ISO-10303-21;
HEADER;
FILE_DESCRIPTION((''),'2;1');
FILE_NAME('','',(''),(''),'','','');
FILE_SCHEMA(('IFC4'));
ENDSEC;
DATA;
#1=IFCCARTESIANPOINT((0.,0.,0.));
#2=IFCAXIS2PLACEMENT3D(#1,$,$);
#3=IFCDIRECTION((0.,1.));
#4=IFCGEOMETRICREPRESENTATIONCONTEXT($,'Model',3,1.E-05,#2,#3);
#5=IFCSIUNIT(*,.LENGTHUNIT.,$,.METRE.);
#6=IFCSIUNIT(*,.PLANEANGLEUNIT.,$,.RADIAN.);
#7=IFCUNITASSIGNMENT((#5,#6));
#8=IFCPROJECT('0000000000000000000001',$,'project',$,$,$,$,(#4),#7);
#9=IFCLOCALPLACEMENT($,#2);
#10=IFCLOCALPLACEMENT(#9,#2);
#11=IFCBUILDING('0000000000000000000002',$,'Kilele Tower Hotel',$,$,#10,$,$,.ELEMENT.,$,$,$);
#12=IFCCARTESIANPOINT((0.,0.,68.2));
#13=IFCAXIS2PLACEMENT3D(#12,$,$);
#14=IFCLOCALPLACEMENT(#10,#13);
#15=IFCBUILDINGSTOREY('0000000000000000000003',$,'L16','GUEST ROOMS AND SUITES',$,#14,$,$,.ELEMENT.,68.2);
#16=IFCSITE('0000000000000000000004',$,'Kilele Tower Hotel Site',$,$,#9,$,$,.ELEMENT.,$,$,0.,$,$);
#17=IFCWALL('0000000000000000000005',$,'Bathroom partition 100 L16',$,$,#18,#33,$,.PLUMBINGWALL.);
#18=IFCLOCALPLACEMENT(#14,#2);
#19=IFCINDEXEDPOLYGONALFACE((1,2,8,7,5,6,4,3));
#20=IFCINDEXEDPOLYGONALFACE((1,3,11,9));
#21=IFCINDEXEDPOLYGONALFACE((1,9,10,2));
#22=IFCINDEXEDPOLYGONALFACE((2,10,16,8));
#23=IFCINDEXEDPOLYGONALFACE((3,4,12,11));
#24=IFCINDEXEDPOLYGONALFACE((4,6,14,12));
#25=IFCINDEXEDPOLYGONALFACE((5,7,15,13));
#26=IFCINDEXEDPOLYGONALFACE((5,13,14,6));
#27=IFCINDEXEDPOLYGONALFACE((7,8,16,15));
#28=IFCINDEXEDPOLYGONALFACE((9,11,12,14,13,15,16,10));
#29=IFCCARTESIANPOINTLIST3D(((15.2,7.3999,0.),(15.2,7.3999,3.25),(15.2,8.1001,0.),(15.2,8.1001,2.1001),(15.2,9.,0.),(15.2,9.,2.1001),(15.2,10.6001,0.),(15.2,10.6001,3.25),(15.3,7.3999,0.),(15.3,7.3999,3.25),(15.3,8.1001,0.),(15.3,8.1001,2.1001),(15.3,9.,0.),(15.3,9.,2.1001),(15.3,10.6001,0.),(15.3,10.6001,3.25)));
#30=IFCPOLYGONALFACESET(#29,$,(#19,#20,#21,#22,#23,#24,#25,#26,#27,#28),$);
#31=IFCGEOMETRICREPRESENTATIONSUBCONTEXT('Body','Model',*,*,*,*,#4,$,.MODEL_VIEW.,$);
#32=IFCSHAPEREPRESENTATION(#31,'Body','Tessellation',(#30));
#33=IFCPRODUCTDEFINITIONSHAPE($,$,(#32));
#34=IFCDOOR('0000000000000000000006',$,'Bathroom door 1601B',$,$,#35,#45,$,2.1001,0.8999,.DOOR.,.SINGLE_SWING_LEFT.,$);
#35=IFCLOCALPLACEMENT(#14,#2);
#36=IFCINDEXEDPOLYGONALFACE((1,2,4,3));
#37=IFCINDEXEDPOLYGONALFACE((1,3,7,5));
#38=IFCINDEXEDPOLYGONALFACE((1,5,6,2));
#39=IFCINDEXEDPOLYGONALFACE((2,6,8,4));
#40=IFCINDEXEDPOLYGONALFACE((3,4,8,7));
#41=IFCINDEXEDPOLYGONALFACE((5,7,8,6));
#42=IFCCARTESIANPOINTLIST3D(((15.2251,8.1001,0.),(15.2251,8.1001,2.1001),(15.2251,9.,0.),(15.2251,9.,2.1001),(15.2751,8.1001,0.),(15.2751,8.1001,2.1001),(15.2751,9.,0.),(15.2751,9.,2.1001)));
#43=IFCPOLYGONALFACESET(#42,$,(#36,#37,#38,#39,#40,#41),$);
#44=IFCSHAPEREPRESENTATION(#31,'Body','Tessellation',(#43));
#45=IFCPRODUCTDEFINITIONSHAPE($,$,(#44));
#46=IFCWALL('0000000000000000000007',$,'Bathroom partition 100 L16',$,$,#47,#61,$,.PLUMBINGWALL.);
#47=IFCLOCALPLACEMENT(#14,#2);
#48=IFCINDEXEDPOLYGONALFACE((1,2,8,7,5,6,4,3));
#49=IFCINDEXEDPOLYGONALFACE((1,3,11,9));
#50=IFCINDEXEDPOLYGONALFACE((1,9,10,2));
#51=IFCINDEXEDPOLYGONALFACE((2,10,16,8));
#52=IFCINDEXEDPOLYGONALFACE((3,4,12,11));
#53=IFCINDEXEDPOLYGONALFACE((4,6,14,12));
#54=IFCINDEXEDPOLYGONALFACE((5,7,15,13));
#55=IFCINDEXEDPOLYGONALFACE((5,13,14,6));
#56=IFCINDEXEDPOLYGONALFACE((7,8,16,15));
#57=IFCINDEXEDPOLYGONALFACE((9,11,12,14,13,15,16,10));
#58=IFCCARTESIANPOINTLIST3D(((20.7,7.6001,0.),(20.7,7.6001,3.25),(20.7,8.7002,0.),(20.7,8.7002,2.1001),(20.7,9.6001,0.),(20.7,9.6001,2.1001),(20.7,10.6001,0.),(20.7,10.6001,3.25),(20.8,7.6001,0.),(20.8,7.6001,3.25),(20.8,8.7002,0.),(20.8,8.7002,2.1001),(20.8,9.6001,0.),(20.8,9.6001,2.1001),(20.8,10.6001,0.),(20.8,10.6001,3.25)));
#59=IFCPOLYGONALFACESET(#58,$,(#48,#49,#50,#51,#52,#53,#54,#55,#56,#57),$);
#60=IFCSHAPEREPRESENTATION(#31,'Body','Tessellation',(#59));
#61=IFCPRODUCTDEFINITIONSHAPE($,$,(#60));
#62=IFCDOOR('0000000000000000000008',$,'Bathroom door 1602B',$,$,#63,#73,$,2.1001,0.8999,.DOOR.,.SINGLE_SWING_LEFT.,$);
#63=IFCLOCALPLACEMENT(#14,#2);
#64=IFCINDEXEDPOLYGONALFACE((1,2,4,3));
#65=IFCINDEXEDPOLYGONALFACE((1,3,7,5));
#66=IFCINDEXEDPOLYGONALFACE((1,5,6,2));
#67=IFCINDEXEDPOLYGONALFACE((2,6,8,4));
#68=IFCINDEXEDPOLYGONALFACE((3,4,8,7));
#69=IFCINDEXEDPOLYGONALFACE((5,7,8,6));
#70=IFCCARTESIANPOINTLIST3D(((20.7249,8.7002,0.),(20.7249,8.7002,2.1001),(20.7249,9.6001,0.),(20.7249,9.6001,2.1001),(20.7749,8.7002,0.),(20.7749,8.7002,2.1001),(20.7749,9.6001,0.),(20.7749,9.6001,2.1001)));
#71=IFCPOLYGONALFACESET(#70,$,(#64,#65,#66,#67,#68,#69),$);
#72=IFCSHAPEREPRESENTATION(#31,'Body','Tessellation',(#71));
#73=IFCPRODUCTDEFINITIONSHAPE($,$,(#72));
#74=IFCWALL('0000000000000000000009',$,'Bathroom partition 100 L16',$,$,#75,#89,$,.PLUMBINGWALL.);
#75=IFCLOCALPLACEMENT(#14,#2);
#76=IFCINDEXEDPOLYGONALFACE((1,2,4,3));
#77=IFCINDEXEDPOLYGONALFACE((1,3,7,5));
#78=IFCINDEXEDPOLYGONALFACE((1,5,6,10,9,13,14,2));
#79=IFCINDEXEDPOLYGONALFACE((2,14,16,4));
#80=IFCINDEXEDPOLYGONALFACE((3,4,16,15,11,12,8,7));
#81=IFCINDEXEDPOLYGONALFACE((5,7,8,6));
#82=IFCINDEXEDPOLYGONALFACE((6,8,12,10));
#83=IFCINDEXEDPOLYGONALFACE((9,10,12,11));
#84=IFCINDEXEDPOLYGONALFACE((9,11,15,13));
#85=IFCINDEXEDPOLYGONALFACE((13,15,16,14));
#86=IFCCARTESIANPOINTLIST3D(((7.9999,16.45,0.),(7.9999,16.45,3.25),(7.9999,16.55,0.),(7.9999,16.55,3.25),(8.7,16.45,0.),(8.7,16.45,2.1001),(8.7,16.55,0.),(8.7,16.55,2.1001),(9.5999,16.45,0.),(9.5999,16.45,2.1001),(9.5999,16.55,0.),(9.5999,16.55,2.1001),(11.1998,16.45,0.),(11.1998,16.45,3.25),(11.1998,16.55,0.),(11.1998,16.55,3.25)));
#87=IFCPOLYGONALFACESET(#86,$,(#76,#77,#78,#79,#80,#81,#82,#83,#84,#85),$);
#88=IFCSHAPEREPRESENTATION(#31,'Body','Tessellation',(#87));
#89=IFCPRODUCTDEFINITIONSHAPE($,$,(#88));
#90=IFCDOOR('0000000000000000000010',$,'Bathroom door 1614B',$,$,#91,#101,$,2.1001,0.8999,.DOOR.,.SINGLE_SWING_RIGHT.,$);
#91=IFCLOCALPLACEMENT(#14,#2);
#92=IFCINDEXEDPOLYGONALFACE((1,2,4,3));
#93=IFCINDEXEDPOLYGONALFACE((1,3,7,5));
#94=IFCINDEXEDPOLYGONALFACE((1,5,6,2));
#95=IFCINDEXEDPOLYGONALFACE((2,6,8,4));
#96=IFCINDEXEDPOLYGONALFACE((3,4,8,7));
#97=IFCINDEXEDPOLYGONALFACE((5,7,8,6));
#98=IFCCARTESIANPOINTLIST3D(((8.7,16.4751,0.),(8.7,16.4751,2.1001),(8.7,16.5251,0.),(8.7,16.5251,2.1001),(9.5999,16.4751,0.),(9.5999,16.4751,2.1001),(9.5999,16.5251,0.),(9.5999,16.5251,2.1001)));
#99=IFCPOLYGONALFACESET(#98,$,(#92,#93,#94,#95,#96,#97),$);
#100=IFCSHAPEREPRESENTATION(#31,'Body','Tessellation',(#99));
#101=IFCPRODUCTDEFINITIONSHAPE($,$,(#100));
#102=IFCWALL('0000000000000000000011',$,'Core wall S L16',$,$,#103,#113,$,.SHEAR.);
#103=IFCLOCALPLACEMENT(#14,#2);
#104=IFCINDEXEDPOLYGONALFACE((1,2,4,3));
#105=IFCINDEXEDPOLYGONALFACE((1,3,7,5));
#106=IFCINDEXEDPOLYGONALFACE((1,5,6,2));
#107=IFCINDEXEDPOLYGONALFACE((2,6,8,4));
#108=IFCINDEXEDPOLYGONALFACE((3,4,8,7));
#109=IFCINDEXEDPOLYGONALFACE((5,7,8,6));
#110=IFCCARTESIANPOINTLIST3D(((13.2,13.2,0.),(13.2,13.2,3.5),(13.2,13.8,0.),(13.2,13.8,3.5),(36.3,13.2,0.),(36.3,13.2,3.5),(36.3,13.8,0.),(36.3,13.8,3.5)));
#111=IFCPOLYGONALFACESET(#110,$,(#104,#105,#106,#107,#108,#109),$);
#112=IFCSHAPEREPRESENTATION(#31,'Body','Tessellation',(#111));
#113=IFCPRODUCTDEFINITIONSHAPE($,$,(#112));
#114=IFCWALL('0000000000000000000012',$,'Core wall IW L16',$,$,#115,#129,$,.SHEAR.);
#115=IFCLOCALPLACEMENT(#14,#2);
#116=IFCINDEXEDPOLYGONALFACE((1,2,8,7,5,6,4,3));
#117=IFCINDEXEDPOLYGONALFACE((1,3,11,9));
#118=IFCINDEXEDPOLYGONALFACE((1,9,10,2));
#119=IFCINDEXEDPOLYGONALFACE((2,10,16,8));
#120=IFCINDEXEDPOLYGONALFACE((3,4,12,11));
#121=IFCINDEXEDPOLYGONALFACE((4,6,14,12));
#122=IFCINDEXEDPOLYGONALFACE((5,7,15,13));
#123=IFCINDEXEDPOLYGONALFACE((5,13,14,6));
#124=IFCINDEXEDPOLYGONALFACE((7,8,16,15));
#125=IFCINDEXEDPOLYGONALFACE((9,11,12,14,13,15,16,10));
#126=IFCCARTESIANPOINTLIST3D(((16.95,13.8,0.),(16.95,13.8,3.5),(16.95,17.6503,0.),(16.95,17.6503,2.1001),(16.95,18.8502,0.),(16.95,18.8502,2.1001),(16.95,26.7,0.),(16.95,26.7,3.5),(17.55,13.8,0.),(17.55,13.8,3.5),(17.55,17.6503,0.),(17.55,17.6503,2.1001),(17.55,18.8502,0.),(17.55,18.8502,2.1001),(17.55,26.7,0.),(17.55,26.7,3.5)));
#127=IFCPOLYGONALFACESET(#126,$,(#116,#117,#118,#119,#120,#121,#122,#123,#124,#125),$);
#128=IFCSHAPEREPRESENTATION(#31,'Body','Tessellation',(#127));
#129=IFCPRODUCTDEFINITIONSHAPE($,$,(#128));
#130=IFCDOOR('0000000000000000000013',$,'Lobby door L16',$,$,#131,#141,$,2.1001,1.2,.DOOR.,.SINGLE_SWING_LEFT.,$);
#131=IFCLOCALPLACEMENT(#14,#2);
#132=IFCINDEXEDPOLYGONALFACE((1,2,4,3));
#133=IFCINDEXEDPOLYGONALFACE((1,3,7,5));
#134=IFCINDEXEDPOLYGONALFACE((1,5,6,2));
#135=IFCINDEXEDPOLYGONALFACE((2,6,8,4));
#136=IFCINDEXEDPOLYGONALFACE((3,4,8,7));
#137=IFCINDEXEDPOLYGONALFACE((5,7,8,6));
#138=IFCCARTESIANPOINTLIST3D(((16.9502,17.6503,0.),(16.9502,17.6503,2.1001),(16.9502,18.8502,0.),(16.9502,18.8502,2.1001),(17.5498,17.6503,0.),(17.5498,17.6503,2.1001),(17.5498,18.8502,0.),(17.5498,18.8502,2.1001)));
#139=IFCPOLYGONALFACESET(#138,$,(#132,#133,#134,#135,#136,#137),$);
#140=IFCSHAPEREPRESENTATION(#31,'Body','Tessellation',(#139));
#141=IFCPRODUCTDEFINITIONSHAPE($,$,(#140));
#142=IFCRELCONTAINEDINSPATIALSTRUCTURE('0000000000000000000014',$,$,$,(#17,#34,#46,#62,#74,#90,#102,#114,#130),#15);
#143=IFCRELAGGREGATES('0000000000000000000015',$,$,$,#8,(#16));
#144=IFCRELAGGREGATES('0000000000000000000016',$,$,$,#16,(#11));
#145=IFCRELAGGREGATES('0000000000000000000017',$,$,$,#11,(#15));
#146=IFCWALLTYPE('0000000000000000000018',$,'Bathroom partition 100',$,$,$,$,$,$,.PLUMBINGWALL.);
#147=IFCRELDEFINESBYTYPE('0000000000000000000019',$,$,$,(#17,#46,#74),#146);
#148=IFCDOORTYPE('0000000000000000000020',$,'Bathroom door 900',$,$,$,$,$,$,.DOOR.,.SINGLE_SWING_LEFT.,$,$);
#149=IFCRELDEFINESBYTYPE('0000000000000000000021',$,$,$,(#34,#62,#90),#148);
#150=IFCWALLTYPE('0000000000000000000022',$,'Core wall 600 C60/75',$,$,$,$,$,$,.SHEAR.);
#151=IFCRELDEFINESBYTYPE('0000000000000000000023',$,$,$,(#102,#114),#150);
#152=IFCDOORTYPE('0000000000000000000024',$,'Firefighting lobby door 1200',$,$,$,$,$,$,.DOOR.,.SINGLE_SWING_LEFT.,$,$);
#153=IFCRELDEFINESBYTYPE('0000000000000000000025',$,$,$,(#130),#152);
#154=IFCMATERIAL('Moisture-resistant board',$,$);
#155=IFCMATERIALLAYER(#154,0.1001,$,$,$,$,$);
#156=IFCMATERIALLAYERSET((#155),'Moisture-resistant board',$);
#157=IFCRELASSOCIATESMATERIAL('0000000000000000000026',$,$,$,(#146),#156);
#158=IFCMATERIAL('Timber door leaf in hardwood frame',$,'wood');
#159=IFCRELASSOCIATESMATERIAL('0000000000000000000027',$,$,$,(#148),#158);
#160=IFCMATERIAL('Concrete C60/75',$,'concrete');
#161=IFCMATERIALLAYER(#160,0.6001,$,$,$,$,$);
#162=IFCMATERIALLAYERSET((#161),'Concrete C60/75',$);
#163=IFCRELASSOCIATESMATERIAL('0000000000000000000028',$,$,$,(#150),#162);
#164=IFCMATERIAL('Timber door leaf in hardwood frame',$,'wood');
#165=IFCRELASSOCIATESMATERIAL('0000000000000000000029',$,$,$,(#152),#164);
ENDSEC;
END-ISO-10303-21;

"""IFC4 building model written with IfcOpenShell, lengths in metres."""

from ifc_helpers import new_model, si_unit, direction, frame, frame_2d, origin, place, context, subcontext, project, spatial, rectangle, extrude, material, layer, layer_set, type_object, element, fill, save


model = new_model("IFC4")

# Units and contexts
model_context = context("Model", 3, precision=1e-05, world=origin(), true_north=direction((0.0, 1.0)))
body_context = subcontext(model_context, "Body", "Model", "MODEL_VIEW")
ifc_project = project(units=[si_unit("LENGTHUNIT", "METRE"), si_unit("PLANEANGLEUNIT", "RADIAN")], contexts=[model_context])

# Site, building, storey
site_placement = place(None, origin())
site = spatial("IfcSite", under=ifc_project, at=site_placement, Name="Kilele Tower Hotel Site", CompositionType="ELEMENT", RefElevation=0.0)
building_placement = place(site_placement, origin())
building = spatial("IfcBuilding", under=site, at=building_placement, Name="Kilele Tower Hotel", CompositionType="ELEMENT")
storey_placement = place(building_placement, frame((0.0, 0.0, 68.2)))
storey = spatial("IfcBuildingStorey", under=building, at=storey_placement, Name="L16", Description="GUEST ROOMS AND SUITES", CompositionType="ELEMENT", Elevation=68.2)

# Walls, openings, doors
ifc_material_1 = material(Name="Moisture-resistant board")
ifc_layer_1 = layer(ifc_material_1, 0.1001)
ifc_layer_set_1 = layer_set([ifc_layer_1], Name="Moisture-resistant board")
wall_type_1 = type_object("IfcWallType", Name="Bathroom partition 100", PredefinedType="PLUMBINGWALL", material=ifc_layer_set_1)
wall_1_placement = place(storey_placement, frame((15.25, 10.6001, 0.0), z_axis=(0.0, 0.0, 1.0), x_axis=(0.0, -1.0, 0.0)))
wall_1 = element("IfcWall", 1, at=wall_1_placement, inside=storey, type_object=wall_type_1, Name="Bathroom partition 100 L16", PredefinedType="PLUMBINGWALL", context=body_context, shape_type="SweptSolid", body=[
    extrude(rectangle(XDim=3.2002, YDim=0.1001, at=frame_2d((1.6001, 0.0))), origin(), (0.0, 0.0, 1.0), 3.25),
])
opening_1_placement = place(wall_1_placement, frame((2.5, 0.0, 0.0), z_axis=(0.0, 0.0, 1.0), x_axis=(-1.0, 0.0, 0.0)))
opening_1 = element("IfcOpeningElement", 2, at=opening_1_placement, cuts=wall_1, PredefinedType="OPENING", context=body_context, shape_type="SweptSolid", body=[
    extrude(rectangle(XDim=0.8999, YDim=2.1001, at=frame_2d((0.45, 1.05))), frame((0.0, 0.0601, 0.0), z_axis=(0.0, -1.0, 0.0), x_axis=(1.0, 0.0, 0.0)), (0.0, 0.0, 1.0), 0.1201),
])
ifc_material_2 = material(Name="Timber door leaf in hardwood frame", Category="wood")
door_type_1 = type_object("IfcDoorType", Name="Bathroom door 900", OperationType="SINGLE_SWING_LEFT", PredefinedType="DOOR", material=ifc_material_2)
door_1_placement = place(opening_1_placement, origin())
door_1 = element("IfcDoor", 3, at=door_1_placement, inside=storey, type_object=door_type_1, Name="Bathroom door 1601B", OperationType="SINGLE_SWING_LEFT", OverallHeight=2.1001, OverallWidth=0.8999, PredefinedType="DOOR", context=body_context, shape_type="SweptSolid", body=[
    extrude(rectangle(XDim=0.8999, YDim=2.1001, at=frame_2d((0.45, 1.05))), frame((0.0, 0.0249, 0.0), z_axis=(0.0, -1.0, 0.0), x_axis=(1.0, 0.0, 0.0)), (0.0, 0.0, 1.0), 0.05),
])
fill(opening_1, door_1)
wall_2_placement = place(storey_placement, frame((20.75, 10.6001, 0.0), z_axis=(0.0, 0.0, 1.0), x_axis=(0.0, -1.0, 0.0)))
wall_2 = element("IfcWall", 4, at=wall_2_placement, inside=storey, type_object=wall_type_1, Name="Bathroom partition 100 L16", PredefinedType="PLUMBINGWALL", context=body_context, shape_type="SweptSolid", body=[
    extrude(rectangle(XDim=3.0, YDim=0.1001, at=frame_2d((1.5, 0.0))), origin(), (0.0, 0.0, 1.0), 3.25),
])
opening_2_placement = place(wall_2_placement, frame((1.0, 0.0, 0.0)))
opening_2 = element("IfcOpeningElement", 5, at=opening_2_placement, cuts=wall_2, PredefinedType="OPENING", context=body_context, shape_type="SweptSolid", body=[
    extrude(rectangle(XDim=0.8999, YDim=2.1001, at=frame_2d((0.45, 1.05))), frame((0.0, 0.0601, 0.0), z_axis=(0.0, -1.0, 0.0), x_axis=(1.0, 0.0, 0.0)), (0.0, 0.0, 1.0), 0.1201),
])
door_2_placement = place(opening_2_placement, origin())
door_2 = element("IfcDoor", 6, at=door_2_placement, inside=storey, type_object=door_type_1, Name="Bathroom door 1602B", OperationType="SINGLE_SWING_LEFT", OverallHeight=2.1001, OverallWidth=0.8999, PredefinedType="DOOR", context=body_context, shape_type="SweptSolid", body=[
    extrude(rectangle(XDim=0.8999, YDim=2.1001, at=frame_2d((0.45, 1.05))), frame((0.0, 0.0249, 0.0), z_axis=(0.0, -1.0, 0.0), x_axis=(1.0, 0.0, 0.0)), (0.0, 0.0, 1.0), 0.05),
])
fill(opening_2, door_2)
wall_3_placement = place(storey_placement, frame((11.2, 16.5, 0.0), z_axis=(0.0, 0.0, 1.0), x_axis=(-1.0, 0.0, 0.0)))
wall_3 = element("IfcWall", 7, at=wall_3_placement, inside=storey, type_object=wall_type_1, Name="Bathroom partition 100 L16", PredefinedType="PLUMBINGWALL", context=body_context, shape_type="SweptSolid", body=[
    extrude(rectangle(XDim=3.2, YDim=0.1001, at=frame_2d((1.6001, 0.0))), origin(), (0.0, 0.0, 1.0), 3.25),
])
opening_3_placement = place(wall_3_placement, frame((1.6001, 0.0, 0.0)))
opening_3 = element("IfcOpeningElement", 8, at=opening_3_placement, cuts=wall_3, PredefinedType="OPENING", context=body_context, shape_type="SweptSolid", body=[
    extrude(rectangle(XDim=0.8999, YDim=2.1001, at=frame_2d((0.45, 1.05))), frame((0.0, 0.0601, 0.0), z_axis=(0.0, -1.0, 0.0), x_axis=(1.0, 0.0, 0.0)), (0.0, 0.0, 1.0), 0.1201),
])
door_3_placement = place(opening_3_placement, origin())
door_3 = element("IfcDoor", 9, at=door_3_placement, inside=storey, type_object=door_type_1, Name="Bathroom door 1614B", OperationType="SINGLE_SWING_RIGHT", OverallHeight=2.1001, OverallWidth=0.8999, PredefinedType="DOOR", context=body_context, shape_type="SweptSolid", body=[
    extrude(rectangle(XDim=0.8999, YDim=2.1001, at=frame_2d((0.45, 1.05))), frame((0.0, 0.0249, 0.0), z_axis=(0.0, -1.0, 0.0), x_axis=(1.0, 0.0, 0.0)), (0.0, 0.0, 1.0), 0.05),
])
fill(opening_3, door_3)

# Wall
ifc_material_3 = material(Name="Concrete C60/75", Category="concrete")
ifc_layer_2 = layer(ifc_material_3, 0.6001)
ifc_layer_set_2 = layer_set([ifc_layer_2], Name="Concrete C60/75")
wall_type_2 = type_object("IfcWallType", Name="Core wall 600 C60/75", PredefinedType="SHEAR", material=ifc_layer_set_2)
wall_4_placement = place(storey_placement, frame((13.2, 13.5, 0.0), z_axis=(0.0, 0.0, 1.0), x_axis=(1.0, 0.0, 0.0)))
element("IfcWall", 10, at=wall_4_placement, inside=storey, type_object=wall_type_2, Name="Core wall S L16", PredefinedType="SHEAR", context=body_context, shape_type="SweptSolid", body=[
    extrude(rectangle(XDim=23.1001, YDim=0.6001, at=frame_2d((11.55, 0.0))), origin(), (0.0, 0.0, 1.0), 3.5),
])

# Wall, opening, door
wall_5_placement = place(storey_placement, frame((17.25, 13.8, 0.0), z_axis=(0.0, 0.0, 1.0), x_axis=(0.0, 1.0, 0.0)))
wall_5 = element("IfcWall", 11, at=wall_5_placement, inside=storey, type_object=wall_type_2, Name="Core wall IW L16", PredefinedType="SHEAR", context=body_context, shape_type="SweptSolid", body=[
    extrude(rectangle(XDim=12.8999, YDim=0.6001, at=frame_2d((6.45, 0.0))), origin(), (0.0, 0.0, 1.0), 3.5),
])
opening_4_placement = place(wall_5_placement, frame((3.8501, 0.0, 0.0)))
opening_4 = element("IfcOpeningElement", 12, at=opening_4_placement, cuts=wall_5, PredefinedType="OPENING", context=body_context, shape_type="SweptSolid", body=[
    extrude(rectangle(XDim=1.2, YDim=2.1001, at=frame_2d((0.6001, 1.05))), frame((0.0, 0.3101, 0.0), z_axis=(0.0, -1.0, 0.0), x_axis=(1.0, 0.0, 0.0)), (0.0, 0.0, 1.0), 0.6201),
])
ifc_material_4 = material(Name="Timber door leaf in hardwood frame", Category="wood")
door_type_2 = type_object("IfcDoorType", Name="Firefighting lobby door 1200", OperationType="SINGLE_SWING_LEFT", PredefinedType="DOOR", material=ifc_material_4)
door_4_placement = place(opening_4_placement, origin())
door_4 = element("IfcDoor", 13, at=door_4_placement, inside=storey, type_object=door_type_2, Name="Lobby door L16", OperationType="SINGLE_SWING_LEFT", OverallHeight=2.1001, OverallWidth=1.2, PredefinedType="DOOR", context=body_context, shape_type="SweptSolid", body=[
    extrude(rectangle(XDim=1.2, YDim=2.1001, at=frame_2d((0.6001, 1.05))), frame((0.0, 0.2998, 0.0), z_axis=(0.0, -1.0, 0.0), x_axis=(1.0, 0.0, 0.0)), (0.0, 0.0, 1.0), 0.5996),
])
fill(opening_4, door_4)

save(model, "model.ifc")
